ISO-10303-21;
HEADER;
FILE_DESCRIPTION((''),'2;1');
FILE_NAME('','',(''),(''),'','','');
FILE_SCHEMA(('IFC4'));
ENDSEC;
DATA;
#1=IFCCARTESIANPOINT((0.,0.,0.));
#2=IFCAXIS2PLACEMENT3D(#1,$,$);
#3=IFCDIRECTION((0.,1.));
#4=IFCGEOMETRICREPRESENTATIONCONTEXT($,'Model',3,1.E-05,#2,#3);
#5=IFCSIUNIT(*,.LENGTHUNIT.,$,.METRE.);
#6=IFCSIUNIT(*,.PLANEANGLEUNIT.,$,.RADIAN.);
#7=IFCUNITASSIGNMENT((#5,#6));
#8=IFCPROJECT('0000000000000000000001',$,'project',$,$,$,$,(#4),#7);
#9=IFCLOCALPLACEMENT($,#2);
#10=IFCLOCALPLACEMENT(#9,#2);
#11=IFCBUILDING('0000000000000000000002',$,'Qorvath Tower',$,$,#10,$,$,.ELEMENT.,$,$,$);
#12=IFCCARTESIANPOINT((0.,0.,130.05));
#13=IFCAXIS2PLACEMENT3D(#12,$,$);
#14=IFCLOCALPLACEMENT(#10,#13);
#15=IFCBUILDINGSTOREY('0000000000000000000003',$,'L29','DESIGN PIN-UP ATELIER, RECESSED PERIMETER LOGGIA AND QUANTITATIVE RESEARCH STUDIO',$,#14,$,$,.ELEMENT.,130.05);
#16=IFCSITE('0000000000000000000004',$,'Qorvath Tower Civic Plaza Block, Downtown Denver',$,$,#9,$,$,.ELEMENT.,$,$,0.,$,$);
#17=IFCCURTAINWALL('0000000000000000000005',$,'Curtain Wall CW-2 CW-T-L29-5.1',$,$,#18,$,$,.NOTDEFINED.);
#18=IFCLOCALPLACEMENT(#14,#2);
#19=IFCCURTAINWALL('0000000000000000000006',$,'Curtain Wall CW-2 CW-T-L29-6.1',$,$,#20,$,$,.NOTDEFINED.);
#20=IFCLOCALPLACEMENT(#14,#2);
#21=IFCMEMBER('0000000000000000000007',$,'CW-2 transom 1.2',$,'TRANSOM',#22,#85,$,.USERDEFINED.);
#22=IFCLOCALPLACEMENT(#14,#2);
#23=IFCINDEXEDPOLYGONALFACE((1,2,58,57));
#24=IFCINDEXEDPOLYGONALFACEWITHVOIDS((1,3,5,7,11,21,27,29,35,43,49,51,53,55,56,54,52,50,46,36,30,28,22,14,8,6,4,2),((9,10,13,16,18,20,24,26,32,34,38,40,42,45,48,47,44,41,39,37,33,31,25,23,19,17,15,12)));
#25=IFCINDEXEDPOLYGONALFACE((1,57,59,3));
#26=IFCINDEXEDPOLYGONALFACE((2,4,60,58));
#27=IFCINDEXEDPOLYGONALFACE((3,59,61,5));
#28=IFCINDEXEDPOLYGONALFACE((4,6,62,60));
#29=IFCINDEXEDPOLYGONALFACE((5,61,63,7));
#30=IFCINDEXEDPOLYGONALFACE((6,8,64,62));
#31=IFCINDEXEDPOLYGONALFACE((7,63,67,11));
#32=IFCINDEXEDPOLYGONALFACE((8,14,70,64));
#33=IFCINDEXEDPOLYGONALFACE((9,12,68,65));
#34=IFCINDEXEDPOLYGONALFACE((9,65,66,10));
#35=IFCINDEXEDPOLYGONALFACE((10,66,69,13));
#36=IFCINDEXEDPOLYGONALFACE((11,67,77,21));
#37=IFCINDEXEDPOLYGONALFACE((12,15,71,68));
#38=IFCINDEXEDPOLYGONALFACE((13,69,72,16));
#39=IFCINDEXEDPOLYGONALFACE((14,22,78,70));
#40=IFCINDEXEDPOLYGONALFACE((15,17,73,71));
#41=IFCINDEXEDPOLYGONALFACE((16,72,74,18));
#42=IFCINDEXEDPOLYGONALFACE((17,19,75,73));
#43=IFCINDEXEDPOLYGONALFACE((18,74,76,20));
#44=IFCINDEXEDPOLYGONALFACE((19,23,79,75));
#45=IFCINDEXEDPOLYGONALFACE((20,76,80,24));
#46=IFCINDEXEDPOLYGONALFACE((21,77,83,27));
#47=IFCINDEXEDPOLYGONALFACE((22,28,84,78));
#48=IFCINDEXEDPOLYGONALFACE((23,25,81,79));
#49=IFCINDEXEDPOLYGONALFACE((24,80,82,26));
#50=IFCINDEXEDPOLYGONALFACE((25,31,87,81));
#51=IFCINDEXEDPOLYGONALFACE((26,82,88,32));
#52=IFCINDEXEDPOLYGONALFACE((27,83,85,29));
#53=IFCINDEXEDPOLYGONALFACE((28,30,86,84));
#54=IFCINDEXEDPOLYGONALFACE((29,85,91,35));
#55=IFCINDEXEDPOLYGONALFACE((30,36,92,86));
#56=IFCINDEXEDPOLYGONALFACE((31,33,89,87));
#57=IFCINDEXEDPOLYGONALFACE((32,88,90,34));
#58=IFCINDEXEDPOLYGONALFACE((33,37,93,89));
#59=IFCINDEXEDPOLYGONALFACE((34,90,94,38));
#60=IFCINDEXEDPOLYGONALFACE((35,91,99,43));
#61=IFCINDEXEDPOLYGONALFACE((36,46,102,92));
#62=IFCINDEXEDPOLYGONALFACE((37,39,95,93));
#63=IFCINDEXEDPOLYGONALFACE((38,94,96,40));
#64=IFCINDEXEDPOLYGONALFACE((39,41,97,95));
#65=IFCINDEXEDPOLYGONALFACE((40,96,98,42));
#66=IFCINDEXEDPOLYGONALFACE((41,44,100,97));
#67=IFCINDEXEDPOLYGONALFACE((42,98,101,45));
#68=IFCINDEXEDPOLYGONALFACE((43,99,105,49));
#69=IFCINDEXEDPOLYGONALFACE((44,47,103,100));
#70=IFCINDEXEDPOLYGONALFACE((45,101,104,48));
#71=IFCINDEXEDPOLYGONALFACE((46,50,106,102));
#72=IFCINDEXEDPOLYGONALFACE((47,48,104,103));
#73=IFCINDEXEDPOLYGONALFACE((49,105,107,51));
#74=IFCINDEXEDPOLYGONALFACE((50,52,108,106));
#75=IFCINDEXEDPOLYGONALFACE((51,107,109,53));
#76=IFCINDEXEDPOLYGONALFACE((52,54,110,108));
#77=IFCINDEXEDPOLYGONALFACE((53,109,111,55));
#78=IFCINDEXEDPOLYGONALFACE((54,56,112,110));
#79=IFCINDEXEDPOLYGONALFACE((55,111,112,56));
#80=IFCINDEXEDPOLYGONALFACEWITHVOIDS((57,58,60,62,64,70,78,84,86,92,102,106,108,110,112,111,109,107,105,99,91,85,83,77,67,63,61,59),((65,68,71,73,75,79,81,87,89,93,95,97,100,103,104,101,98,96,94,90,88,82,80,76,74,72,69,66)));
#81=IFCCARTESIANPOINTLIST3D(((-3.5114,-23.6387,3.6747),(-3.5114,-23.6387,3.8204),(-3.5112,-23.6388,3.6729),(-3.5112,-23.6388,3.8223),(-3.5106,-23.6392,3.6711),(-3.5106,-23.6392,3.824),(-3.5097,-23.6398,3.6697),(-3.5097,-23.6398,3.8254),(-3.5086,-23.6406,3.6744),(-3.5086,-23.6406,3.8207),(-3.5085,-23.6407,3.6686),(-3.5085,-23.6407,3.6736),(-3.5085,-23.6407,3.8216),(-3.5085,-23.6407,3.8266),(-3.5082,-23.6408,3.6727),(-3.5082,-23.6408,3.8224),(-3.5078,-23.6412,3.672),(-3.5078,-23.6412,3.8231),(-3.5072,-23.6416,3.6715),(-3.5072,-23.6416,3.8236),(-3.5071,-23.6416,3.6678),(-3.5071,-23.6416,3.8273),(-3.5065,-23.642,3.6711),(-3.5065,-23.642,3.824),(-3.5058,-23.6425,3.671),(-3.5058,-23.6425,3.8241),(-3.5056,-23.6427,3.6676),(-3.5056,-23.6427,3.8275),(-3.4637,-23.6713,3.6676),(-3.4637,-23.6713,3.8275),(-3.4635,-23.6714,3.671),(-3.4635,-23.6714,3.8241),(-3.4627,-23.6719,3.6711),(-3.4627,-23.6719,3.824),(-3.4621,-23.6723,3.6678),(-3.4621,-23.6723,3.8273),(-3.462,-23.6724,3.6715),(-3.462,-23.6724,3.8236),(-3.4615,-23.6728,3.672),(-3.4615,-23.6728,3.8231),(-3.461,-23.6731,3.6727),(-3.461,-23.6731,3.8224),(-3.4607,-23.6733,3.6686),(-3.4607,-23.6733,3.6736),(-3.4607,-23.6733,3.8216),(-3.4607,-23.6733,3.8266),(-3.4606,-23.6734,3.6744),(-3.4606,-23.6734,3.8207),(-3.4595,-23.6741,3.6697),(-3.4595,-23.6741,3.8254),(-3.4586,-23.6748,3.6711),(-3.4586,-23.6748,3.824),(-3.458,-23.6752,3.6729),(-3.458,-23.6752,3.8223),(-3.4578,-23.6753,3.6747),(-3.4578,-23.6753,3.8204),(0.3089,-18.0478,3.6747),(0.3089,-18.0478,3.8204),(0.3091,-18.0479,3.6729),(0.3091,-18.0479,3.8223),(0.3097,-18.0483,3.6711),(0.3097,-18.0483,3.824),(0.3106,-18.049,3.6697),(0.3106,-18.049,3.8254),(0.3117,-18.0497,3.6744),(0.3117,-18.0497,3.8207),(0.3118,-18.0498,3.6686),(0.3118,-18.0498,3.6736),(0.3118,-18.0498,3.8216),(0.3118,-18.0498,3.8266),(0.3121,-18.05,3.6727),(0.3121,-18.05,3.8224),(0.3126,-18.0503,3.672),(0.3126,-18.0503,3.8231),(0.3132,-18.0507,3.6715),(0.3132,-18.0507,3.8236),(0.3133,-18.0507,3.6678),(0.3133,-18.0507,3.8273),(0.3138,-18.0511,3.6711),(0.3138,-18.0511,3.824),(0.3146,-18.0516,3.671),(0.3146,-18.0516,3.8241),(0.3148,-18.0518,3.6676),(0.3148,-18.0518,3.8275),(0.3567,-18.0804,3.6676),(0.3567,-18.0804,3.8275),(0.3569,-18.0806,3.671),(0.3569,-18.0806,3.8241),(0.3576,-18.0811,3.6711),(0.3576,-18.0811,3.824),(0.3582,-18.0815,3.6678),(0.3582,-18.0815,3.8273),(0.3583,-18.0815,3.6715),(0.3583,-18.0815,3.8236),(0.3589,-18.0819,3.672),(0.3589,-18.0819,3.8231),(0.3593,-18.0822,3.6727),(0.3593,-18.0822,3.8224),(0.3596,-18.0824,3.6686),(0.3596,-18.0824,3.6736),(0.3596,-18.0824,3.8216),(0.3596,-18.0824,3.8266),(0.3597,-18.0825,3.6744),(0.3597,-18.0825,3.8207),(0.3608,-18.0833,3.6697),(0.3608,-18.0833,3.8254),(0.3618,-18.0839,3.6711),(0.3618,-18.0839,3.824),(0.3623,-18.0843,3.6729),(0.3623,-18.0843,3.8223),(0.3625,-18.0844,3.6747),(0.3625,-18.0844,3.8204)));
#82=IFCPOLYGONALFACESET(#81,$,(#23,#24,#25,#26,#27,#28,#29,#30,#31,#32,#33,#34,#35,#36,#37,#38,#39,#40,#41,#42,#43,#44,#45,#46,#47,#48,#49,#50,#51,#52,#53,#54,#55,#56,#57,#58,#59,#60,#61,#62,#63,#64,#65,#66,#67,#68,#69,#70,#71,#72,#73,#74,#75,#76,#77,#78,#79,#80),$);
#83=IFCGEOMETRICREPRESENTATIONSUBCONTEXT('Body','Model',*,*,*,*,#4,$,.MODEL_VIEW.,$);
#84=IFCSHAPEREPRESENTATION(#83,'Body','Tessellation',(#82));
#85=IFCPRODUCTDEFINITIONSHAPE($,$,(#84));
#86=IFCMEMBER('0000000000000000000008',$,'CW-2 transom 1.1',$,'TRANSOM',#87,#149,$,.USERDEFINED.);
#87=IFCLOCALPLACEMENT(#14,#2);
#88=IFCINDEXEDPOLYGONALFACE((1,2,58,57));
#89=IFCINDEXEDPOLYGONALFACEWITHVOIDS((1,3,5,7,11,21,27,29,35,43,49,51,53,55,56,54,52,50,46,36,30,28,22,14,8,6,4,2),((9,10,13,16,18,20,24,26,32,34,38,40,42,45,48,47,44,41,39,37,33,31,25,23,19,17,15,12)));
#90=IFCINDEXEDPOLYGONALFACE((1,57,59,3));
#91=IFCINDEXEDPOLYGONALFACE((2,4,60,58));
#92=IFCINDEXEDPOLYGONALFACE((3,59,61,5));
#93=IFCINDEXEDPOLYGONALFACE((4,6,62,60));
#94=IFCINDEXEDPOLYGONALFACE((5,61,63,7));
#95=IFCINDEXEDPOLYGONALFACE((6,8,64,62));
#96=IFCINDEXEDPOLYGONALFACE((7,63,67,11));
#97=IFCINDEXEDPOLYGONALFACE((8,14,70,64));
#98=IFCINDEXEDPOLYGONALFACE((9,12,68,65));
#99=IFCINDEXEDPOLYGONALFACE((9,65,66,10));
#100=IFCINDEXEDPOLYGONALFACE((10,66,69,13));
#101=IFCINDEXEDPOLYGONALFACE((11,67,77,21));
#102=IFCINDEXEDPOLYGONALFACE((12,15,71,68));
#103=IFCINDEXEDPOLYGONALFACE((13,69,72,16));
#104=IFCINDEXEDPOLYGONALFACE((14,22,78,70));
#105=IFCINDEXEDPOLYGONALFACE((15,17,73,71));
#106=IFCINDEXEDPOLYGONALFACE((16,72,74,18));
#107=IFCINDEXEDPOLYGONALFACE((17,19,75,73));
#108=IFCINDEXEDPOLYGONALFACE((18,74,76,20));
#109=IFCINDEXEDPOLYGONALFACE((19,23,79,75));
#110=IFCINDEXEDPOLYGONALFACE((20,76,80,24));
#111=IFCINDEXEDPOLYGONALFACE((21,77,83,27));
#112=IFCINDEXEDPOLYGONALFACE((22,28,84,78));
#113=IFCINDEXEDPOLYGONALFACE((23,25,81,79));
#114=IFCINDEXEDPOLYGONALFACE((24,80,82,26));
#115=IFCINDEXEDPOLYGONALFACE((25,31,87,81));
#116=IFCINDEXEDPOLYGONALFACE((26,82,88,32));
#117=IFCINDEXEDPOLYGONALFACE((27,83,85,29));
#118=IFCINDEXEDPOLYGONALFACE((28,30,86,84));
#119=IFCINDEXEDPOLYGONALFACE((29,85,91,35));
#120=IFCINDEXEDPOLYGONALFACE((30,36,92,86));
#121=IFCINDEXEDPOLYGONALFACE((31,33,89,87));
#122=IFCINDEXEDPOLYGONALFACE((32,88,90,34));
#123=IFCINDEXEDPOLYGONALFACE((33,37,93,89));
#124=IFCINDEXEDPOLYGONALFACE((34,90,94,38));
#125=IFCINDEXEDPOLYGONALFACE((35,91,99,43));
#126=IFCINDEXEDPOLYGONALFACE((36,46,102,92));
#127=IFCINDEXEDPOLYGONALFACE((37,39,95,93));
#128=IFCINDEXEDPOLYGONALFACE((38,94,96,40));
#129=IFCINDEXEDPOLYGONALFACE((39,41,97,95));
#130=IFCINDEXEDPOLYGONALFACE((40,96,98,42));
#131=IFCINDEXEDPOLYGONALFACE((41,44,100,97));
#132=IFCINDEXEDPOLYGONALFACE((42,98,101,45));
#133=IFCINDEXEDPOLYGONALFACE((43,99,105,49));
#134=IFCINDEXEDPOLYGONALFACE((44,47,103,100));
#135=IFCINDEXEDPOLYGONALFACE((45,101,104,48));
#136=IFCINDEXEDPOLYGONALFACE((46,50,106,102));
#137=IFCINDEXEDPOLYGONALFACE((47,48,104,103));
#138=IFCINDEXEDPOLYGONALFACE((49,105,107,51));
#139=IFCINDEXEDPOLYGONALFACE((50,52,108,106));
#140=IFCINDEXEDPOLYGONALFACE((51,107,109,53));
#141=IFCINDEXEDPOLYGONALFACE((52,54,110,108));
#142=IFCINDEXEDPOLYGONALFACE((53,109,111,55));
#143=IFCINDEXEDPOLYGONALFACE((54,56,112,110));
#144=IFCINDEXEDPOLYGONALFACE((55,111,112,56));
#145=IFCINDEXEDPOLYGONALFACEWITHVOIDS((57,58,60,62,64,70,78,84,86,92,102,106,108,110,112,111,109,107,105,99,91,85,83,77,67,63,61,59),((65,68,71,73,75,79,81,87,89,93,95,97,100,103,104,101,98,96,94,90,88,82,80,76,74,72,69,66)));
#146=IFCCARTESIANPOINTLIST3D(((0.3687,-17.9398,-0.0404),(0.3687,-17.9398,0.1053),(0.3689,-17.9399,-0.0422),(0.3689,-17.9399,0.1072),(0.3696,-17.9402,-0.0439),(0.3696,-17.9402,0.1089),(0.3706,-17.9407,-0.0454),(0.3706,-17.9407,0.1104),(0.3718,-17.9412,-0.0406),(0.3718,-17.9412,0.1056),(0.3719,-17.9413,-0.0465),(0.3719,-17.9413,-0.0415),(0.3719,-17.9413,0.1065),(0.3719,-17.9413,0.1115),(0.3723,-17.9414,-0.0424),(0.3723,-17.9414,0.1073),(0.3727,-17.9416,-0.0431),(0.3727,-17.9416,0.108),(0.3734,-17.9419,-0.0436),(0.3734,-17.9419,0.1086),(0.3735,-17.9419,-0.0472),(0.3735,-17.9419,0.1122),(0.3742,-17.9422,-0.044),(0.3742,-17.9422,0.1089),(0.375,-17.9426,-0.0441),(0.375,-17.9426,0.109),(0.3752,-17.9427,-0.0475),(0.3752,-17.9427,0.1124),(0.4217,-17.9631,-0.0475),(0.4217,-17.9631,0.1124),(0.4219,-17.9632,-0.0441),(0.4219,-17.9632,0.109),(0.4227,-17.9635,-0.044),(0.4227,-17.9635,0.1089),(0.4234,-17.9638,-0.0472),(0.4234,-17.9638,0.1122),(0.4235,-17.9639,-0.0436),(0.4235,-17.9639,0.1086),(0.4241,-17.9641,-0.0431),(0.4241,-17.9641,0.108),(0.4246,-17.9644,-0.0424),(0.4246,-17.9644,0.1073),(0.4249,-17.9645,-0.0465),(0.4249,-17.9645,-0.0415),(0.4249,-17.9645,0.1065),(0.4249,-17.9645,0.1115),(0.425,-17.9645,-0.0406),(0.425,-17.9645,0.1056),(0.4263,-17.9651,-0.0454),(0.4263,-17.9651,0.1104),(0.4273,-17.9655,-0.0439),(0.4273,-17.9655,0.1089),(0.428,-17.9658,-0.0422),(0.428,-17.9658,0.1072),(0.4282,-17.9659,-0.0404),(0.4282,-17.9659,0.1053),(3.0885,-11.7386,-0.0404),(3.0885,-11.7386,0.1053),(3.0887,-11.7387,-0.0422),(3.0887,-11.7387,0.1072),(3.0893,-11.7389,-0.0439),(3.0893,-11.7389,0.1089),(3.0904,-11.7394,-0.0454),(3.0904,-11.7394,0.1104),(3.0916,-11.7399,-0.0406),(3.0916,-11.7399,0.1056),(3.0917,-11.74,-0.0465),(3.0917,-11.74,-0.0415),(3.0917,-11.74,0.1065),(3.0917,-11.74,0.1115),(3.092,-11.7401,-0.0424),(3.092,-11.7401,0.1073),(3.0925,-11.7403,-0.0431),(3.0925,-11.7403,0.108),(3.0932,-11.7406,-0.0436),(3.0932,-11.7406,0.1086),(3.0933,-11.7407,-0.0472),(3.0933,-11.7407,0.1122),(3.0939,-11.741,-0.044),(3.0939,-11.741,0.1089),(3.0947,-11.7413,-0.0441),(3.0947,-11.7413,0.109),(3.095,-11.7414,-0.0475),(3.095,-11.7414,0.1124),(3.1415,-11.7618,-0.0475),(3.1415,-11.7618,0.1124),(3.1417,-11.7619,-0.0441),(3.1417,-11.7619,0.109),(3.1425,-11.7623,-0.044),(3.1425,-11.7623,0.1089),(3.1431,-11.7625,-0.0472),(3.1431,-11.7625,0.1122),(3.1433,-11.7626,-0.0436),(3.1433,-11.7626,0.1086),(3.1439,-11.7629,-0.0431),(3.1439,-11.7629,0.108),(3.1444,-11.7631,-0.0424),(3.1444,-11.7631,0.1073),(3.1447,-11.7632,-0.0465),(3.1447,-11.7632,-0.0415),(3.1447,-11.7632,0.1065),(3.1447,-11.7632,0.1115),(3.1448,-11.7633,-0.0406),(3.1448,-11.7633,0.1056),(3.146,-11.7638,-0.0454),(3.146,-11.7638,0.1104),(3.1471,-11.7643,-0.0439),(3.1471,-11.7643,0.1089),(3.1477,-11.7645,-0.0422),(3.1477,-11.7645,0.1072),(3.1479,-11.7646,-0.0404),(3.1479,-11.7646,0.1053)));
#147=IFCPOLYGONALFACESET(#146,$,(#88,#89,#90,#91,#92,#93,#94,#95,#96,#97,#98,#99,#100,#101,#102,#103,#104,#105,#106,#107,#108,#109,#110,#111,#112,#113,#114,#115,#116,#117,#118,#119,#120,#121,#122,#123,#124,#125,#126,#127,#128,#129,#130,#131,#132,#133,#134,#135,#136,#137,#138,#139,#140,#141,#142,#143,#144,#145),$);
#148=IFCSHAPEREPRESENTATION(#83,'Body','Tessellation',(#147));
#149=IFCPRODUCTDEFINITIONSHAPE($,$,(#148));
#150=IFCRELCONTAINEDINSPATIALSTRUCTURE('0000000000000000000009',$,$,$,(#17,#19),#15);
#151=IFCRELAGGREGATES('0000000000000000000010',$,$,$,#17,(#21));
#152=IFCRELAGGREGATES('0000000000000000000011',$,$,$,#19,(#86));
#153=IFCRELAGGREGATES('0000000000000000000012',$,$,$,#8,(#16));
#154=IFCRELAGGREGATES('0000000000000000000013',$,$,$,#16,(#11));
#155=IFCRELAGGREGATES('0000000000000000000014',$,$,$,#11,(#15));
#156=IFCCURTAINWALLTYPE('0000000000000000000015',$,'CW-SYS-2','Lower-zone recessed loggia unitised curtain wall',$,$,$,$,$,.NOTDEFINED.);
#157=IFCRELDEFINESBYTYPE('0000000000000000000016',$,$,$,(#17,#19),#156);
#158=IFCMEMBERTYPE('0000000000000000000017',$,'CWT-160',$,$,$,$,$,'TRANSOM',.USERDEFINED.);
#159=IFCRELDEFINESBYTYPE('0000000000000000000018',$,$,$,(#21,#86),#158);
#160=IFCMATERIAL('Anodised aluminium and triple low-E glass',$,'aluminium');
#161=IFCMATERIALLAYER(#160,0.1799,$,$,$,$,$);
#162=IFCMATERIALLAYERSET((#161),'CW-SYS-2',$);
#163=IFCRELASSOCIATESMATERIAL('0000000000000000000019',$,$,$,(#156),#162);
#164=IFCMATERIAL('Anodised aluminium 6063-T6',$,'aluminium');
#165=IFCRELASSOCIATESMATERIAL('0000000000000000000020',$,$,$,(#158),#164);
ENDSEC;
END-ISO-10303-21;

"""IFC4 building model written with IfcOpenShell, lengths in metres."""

from ifc_helpers import new_model, si_unit, direction, frame, origin, origin_2d, place, context, subcontext, project, spatial, hollow_rectangle, extrude, material, layer, layer_set, material_profile, profile_set, type_object, element, aggregate, save


model = new_model("IFC4")

# Units and contexts
model_context = context("Model", 3, precision=1e-05, world=origin(), true_north=direction((0.0, 1.0)))
body_context = subcontext(model_context, "Body", "Model", "MODEL_VIEW")
ifc_project = project(units=[si_unit("LENGTHUNIT", "METRE"), si_unit("PLANEANGLEUNIT", "RADIAN")], contexts=[model_context])

# Site, building, storey
site_placement = place(None, origin())
site = spatial("IfcSite", under=ifc_project, at=site_placement, Name="Qorvath Tower Civic Plaza Block, Downtown Denver", CompositionType="ELEMENT", RefElevation=0.0)
building_placement = place(site_placement, origin())
building = spatial("IfcBuilding", under=site, at=building_placement, Name="Qorvath Tower", CompositionType="ELEMENT")
storey_placement = place(building_placement, frame((0.0, 0.0, 130.05)))
storey = spatial("IfcBuildingStorey", under=building, at=storey_placement, Name="L29", Description="DESIGN PIN-UP ATELIER, RECESSED PERIMETER LOGGIA AND QUANTITATIVE RESEARCH STUDIO", CompositionType="ELEMENT", Elevation=130.05)

# Curtain walls
ifc_material_1 = material(Name="Anodised aluminium and triple low-E glass", Category="aluminium")
ifc_layer_1 = layer(ifc_material_1, 0.1799)
ifc_layer_set_1 = layer_set([ifc_layer_1], Name="CW-SYS-2")
curtain_wall_type = type_object("IfcCurtainWallType", Name="CW-SYS-2", Description="Lower-zone recessed loggia unitised curtain wall", PredefinedType="NOTDEFINED", material=ifc_layer_set_1)
curtain_wall_1_placement = place(storey_placement, origin())
curtain_wall_1 = element("IfcCurtainWall", 1, at=curtain_wall_1_placement, inside=storey, type_object=curtain_wall_type, Name="Curtain Wall CW-2 CW-T-L29-5.1", PredefinedType="NOTDEFINED")
curtain_wall_2_placement = place(storey_placement, origin())
curtain_wall_2 = element("IfcCurtainWall", 2, at=curtain_wall_2_placement, inside=storey, type_object=curtain_wall_type, Name="Curtain Wall CW-2 CW-T-L29-6.1", PredefinedType="NOTDEFINED")

# Members
ifc_material_2 = material(Name="Anodised aluminium 6063-T6", Category="aluminium")
ifc_material_profile_1 = material_profile(ifc_material_2, hollow_rectangle(XDim=0.0649, YDim=0.1599, WallThickness=0.0034, InnerFilletRadius=0.0034, OuterFilletRadius=0.0071, at=origin_2d()), Name="CWT 160x65")
ifc_profile_set_1 = profile_set([ifc_material_profile_1], Name="Anodised aluminium 6063-T6")
member_type_1 = type_object("IfcMemberType", Name="CWT-160", ElementType="TRANSOM", PredefinedType="USERDEFINED", material=ifc_profile_set_1)
member_1_placement = place(storey_placement, frame((-3.4846, -23.657, 3.7476), z_axis=(0.564182, 0.82565, 0.0), x_axis=(-0.82565, 0.564182, 0.0)))
member_1 = element("IfcMember", 3, at=member_1_placement, type_object=member_type_1, Name="CW-2 transom 1.2", ObjectType="TRANSOM", PredefinedType="USERDEFINED", context=body_context, shape_type="SweptSolid", body=[
    extrude(hollow_rectangle(XDim=0.0649, YDim=0.1599, WallThickness=0.0034, InnerFilletRadius=0.0034, OuterFilletRadius=0.0071, at=origin_2d()), origin(), (0.0, 0.0, 1.0), 6.7715),
])
member_2_placement = place(storey_placement, frame((0.3984, -17.9529, 0.0325), z_axis=(0.401651, 0.915793, 0.0), x_axis=(-0.915793, 0.401651, 0.0)))
member_2 = element("IfcMember", 4, at=member_2_placement, type_object=member_type_1, Name="CW-2 transom 1.1", ObjectType="TRANSOM", PredefinedType="USERDEFINED", context=body_context, shape_type="SweptSolid", body=[
    extrude(hollow_rectangle(XDim=0.0649, YDim=0.1599, WallThickness=0.0034, InnerFilletRadius=0.0034, OuterFilletRadius=0.0071, at=origin_2d()), origin(), (0.0, 0.0, 1.0), 6.7715),
])

aggregate(curtain_wall_1, [member_1])
aggregate(curtain_wall_2, [member_2])

save(model, "model.ifc")
